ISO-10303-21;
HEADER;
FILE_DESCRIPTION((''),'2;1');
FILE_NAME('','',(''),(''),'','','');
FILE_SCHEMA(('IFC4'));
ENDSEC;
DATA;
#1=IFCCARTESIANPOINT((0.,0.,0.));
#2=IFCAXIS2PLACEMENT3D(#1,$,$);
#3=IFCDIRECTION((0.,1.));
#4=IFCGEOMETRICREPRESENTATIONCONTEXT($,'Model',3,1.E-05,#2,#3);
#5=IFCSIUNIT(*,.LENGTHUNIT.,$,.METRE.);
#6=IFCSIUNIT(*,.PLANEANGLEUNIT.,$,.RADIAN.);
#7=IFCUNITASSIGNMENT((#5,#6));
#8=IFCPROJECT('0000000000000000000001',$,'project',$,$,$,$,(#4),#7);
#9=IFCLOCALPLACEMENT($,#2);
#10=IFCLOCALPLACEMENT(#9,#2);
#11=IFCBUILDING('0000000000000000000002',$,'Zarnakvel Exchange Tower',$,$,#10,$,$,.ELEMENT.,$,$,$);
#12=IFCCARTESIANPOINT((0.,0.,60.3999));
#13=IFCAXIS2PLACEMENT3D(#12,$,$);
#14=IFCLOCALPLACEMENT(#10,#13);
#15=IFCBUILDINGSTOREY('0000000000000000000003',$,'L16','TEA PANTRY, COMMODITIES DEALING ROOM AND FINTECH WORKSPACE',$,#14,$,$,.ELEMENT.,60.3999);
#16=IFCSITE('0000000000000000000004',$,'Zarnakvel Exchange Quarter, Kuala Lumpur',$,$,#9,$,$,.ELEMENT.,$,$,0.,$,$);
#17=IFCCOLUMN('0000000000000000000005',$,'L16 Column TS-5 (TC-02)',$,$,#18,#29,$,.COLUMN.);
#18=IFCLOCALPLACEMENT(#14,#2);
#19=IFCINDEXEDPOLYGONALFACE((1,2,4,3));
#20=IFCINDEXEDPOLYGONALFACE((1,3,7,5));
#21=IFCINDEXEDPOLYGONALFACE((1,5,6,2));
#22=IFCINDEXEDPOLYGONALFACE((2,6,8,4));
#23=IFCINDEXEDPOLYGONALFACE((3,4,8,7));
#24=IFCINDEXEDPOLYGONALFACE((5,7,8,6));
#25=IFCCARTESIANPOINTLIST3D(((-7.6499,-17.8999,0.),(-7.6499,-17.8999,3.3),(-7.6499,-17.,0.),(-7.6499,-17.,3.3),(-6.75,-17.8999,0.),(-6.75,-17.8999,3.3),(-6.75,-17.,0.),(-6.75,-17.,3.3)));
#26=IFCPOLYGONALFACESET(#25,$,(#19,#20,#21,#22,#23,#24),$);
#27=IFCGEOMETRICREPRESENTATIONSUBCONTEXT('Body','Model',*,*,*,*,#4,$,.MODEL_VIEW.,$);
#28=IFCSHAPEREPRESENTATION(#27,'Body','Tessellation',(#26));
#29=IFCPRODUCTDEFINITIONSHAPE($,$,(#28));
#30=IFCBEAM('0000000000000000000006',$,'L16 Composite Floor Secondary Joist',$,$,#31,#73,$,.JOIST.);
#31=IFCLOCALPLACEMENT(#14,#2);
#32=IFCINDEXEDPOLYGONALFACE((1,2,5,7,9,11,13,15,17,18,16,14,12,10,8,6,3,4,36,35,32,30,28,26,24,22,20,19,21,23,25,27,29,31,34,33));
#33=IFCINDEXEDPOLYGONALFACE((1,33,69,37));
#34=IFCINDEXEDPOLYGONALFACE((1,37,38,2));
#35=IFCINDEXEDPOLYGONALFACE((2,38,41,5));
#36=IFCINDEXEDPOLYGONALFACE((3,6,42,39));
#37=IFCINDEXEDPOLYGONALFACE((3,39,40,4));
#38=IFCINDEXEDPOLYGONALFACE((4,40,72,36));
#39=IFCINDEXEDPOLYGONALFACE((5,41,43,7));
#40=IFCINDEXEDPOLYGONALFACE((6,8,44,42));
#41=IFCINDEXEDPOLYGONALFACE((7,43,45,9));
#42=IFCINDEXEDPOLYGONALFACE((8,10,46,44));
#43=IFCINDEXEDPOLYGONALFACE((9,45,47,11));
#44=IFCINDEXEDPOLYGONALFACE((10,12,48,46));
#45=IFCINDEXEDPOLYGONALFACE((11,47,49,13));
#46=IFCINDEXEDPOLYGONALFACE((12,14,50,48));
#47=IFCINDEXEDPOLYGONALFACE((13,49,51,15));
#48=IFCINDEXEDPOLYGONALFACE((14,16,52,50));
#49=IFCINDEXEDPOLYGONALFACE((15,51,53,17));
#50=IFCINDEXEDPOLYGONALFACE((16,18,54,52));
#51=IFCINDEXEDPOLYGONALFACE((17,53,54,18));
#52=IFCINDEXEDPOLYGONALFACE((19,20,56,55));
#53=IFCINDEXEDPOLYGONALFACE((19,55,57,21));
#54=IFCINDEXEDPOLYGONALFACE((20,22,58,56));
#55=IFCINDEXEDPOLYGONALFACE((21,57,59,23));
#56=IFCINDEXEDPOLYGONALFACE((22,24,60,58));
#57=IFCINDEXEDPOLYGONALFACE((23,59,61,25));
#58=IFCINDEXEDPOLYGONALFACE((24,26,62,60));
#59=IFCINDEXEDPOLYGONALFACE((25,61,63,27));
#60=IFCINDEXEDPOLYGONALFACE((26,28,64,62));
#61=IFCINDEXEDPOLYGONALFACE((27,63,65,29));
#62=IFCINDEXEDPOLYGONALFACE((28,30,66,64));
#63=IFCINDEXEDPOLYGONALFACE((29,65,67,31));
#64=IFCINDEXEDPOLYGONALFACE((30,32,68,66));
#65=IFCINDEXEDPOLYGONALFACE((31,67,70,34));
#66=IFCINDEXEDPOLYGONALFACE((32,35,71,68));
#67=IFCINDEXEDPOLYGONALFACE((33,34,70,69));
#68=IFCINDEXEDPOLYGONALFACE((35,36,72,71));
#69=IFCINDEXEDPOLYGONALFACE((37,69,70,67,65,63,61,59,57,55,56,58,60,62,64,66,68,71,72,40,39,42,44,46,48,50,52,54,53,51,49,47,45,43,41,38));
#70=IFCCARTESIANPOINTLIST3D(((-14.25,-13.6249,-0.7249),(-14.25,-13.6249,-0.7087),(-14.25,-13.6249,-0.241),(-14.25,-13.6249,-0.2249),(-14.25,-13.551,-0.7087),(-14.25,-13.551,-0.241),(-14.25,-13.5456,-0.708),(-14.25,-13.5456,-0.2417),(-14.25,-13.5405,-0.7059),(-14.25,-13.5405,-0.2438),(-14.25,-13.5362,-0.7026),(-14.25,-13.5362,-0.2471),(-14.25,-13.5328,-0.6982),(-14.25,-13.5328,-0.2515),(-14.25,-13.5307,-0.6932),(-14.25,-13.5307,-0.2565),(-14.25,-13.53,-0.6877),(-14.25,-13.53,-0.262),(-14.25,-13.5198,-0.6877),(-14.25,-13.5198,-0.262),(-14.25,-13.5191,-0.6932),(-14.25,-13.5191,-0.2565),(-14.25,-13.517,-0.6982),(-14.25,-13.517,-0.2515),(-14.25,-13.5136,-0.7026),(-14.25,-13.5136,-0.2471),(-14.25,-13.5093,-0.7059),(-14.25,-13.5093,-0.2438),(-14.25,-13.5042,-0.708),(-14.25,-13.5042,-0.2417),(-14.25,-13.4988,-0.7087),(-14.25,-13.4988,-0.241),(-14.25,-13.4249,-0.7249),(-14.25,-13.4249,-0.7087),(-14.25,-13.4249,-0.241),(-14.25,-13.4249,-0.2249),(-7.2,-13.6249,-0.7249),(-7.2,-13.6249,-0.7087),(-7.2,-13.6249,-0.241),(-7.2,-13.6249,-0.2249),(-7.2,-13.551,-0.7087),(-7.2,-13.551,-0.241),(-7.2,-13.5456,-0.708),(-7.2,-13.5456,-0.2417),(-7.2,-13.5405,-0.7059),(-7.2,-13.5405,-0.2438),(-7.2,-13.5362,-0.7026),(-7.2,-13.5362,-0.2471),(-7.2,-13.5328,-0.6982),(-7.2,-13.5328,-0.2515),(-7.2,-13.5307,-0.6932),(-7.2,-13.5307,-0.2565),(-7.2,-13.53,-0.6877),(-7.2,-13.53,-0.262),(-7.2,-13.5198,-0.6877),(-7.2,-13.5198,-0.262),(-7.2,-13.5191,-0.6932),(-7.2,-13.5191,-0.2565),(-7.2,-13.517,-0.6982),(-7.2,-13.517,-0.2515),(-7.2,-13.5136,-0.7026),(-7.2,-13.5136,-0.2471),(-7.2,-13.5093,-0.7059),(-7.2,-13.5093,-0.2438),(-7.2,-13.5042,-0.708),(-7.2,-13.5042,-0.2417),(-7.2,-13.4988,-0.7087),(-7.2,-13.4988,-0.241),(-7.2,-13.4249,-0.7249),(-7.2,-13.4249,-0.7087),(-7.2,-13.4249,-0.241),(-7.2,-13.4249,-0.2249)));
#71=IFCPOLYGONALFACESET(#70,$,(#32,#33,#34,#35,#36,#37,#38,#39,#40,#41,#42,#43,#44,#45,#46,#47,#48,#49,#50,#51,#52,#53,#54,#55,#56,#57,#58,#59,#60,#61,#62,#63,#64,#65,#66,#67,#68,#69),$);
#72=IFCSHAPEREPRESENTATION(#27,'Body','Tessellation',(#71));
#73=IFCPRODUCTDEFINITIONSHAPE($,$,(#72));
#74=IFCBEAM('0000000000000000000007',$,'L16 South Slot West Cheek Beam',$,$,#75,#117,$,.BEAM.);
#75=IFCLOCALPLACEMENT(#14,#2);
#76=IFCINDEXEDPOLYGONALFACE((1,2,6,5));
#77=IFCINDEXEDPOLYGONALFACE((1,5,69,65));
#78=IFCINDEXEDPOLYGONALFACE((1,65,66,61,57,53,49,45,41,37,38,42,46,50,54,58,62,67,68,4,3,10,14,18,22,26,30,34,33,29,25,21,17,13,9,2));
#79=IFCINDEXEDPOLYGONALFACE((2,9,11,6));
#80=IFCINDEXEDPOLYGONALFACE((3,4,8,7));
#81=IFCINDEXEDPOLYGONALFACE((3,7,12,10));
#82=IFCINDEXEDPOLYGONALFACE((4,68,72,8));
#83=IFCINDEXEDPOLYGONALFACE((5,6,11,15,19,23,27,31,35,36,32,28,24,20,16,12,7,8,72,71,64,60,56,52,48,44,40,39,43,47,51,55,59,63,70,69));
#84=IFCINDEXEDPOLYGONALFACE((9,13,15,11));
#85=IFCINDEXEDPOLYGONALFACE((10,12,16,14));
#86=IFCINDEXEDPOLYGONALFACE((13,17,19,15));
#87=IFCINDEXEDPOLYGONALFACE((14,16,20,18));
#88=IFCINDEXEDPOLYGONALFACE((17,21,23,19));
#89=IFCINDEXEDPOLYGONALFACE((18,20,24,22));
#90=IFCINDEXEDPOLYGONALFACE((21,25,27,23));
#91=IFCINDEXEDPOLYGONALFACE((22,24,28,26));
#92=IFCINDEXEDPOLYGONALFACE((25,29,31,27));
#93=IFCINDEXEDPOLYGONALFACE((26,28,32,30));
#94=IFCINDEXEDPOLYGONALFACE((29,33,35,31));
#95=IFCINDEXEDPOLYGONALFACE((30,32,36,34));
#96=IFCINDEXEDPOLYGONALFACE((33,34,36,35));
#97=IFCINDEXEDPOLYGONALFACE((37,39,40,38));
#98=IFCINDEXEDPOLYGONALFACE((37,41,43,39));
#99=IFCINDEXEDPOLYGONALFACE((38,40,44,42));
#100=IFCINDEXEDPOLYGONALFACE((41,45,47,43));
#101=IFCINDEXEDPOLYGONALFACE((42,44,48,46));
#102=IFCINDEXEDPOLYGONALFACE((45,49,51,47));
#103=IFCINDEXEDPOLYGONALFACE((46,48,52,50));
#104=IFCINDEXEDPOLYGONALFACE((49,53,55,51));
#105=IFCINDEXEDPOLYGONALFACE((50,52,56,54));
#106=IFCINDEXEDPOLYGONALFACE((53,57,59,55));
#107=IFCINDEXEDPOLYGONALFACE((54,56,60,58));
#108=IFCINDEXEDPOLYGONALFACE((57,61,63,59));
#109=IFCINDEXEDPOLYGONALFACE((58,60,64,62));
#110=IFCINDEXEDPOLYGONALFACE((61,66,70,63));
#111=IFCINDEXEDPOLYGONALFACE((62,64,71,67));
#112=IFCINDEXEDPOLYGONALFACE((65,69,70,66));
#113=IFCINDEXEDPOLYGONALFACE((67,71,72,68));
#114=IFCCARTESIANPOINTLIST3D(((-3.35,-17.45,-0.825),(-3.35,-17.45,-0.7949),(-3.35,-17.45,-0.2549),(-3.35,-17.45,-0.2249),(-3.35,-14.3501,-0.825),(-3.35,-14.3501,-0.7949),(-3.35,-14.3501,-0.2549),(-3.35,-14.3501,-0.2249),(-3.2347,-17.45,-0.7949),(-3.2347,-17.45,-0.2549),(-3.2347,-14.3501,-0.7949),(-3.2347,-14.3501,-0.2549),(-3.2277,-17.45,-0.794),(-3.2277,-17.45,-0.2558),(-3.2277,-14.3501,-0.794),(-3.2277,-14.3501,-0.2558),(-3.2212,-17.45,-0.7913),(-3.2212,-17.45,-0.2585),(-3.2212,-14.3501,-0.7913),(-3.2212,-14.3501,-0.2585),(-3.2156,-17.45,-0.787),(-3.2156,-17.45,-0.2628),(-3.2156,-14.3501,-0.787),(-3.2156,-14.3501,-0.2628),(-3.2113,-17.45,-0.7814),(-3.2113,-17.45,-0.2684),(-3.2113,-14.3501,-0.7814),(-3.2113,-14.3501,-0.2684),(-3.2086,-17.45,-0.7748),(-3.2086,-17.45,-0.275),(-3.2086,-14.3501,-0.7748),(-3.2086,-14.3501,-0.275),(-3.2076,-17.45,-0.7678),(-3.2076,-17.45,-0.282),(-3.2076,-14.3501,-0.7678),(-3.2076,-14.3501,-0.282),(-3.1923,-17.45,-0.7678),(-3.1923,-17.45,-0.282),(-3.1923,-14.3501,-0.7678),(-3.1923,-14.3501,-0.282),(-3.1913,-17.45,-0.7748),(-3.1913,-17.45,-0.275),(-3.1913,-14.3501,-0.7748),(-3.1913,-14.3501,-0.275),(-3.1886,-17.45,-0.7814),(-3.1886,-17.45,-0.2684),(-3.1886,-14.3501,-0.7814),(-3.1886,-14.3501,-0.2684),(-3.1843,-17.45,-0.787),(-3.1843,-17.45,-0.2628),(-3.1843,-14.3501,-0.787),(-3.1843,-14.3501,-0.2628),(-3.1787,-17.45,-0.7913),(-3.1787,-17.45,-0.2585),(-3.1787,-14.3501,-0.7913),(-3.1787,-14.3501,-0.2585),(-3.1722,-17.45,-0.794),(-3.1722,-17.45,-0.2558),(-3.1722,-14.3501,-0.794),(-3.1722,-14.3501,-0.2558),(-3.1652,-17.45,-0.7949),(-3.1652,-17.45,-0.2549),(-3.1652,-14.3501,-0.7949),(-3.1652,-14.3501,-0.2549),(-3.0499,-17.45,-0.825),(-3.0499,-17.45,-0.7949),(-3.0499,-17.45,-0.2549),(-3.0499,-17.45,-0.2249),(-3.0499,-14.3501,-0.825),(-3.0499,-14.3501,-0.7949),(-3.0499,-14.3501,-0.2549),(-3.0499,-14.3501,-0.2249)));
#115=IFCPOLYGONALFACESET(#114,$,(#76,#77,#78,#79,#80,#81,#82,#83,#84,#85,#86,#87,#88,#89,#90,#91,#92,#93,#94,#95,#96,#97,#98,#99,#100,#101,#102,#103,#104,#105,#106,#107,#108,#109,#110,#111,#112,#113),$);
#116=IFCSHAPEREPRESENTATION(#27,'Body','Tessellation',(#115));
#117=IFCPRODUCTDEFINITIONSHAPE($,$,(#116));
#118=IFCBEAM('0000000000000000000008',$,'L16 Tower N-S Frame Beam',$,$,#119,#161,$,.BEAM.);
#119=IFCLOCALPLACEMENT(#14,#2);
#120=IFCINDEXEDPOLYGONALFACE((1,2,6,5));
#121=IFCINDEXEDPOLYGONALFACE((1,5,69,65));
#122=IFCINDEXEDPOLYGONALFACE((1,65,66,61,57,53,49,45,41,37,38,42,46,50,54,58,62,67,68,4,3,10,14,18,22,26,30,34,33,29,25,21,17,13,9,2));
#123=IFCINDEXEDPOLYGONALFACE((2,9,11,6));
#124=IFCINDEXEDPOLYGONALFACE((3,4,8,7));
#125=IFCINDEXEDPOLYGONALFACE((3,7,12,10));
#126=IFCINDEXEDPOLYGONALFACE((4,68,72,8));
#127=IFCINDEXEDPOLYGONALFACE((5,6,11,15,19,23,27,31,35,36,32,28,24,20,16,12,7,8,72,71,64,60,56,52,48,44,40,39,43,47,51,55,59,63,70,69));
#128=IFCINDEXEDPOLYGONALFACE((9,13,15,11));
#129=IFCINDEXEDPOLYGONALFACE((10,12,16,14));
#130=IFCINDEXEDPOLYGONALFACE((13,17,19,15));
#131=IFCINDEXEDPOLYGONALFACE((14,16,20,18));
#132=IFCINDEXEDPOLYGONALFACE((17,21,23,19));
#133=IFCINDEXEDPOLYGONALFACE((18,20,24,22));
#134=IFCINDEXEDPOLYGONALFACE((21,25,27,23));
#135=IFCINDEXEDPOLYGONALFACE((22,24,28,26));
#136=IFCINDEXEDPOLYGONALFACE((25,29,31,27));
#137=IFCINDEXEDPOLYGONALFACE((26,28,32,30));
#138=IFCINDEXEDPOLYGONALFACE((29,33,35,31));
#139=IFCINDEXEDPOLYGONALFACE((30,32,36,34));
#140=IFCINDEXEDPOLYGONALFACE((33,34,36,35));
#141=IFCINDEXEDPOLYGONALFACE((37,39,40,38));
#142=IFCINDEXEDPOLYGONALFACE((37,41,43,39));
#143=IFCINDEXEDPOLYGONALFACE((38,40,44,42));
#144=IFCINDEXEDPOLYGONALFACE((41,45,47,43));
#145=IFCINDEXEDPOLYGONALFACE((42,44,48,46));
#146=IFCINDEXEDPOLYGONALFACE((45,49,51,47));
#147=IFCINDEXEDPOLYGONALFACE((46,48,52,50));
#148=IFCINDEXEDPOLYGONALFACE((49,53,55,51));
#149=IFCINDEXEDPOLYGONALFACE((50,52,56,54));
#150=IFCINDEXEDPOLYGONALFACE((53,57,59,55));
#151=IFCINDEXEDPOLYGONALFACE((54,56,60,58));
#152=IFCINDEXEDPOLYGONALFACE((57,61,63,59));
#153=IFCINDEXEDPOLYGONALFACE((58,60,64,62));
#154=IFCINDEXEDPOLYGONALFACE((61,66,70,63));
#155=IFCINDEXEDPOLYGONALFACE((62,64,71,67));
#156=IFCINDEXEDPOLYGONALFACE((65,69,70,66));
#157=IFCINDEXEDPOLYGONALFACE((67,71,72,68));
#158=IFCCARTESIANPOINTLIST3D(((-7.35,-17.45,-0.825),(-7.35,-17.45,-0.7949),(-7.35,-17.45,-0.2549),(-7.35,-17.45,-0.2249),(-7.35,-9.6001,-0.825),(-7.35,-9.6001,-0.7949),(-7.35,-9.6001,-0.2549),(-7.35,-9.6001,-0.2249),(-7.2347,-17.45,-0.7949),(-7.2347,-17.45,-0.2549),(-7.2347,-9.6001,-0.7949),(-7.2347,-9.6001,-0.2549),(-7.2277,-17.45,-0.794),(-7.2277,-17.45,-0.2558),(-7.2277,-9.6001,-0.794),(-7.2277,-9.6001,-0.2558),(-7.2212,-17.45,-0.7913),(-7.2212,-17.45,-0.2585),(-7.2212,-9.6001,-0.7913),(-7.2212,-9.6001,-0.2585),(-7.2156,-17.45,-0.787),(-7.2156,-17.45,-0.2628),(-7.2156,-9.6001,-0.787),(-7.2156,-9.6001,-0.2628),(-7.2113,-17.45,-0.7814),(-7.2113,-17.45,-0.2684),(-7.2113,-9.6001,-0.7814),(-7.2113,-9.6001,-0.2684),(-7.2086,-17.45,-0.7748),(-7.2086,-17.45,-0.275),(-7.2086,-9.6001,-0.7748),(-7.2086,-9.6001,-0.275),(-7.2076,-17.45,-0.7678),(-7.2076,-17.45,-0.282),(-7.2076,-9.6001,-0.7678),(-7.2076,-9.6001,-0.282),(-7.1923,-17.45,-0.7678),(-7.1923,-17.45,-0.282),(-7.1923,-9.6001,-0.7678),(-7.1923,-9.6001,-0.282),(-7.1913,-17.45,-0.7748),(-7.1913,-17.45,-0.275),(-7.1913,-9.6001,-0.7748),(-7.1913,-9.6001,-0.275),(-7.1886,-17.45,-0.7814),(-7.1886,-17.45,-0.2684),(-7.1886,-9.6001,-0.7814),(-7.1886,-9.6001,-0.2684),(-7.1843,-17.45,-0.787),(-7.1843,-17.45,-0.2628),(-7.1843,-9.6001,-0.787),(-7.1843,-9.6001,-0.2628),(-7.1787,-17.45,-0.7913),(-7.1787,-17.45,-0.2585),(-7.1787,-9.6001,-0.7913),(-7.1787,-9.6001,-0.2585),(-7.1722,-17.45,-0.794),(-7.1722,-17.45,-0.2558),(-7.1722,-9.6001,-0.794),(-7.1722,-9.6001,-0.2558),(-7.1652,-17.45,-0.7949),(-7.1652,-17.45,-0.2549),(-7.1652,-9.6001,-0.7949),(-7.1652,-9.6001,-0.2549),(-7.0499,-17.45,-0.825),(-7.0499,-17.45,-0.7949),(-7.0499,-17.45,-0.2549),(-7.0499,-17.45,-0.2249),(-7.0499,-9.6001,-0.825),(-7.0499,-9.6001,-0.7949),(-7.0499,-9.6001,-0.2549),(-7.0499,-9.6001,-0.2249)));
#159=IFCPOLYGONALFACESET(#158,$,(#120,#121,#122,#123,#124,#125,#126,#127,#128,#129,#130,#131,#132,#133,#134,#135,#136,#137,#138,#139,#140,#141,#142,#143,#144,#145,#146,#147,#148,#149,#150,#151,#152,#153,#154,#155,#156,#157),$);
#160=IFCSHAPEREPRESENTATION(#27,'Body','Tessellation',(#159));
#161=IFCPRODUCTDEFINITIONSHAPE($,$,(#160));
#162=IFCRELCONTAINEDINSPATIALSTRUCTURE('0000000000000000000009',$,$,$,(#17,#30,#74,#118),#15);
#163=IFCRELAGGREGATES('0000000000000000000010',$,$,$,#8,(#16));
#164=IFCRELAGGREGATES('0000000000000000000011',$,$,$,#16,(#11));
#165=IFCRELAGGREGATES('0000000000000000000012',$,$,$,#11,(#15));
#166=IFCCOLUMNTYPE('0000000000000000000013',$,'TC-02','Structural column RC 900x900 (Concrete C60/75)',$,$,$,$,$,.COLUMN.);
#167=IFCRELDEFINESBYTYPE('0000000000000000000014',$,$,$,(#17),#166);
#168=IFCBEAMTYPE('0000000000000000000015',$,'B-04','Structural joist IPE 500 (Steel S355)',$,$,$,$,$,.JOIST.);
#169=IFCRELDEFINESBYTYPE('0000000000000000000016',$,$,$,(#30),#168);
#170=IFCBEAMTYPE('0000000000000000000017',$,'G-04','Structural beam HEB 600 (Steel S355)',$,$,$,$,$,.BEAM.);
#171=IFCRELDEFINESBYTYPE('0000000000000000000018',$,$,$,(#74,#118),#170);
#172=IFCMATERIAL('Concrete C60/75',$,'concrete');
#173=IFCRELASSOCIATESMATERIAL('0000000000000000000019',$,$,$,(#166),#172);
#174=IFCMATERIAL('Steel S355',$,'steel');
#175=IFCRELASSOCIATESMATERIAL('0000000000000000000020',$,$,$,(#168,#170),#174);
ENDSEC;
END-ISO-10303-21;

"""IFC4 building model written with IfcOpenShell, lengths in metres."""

from ifc_helpers import new_model, si_unit, direction, frame, origin, origin_2d, place, context, subcontext, project, spatial, rectangle, i_section, extrude, material, material_profile, profile_set, type_object, element, save


model = new_model("IFC4")

# Units and contexts
model_context = context("Model", 3, precision=1e-05, world=origin(), true_north=direction((0.0, 1.0)))
body_context = subcontext(model_context, "Body", "Model", "MODEL_VIEW")
ifc_project = project(units=[si_unit("LENGTHUNIT", "METRE"), si_unit("PLANEANGLEUNIT", "RADIAN")], contexts=[model_context])

# Site, building, storey
site_placement = place(None, origin())
site = spatial("IfcSite", under=ifc_project, at=site_placement, Name="Zarnakvel Exchange Quarter, Kuala Lumpur", CompositionType="ELEMENT", RefElevation=0.0)
building_placement = place(site_placement, origin())
building = spatial("IfcBuilding", under=site, at=building_placement, Name="Zarnakvel Exchange Tower", CompositionType="ELEMENT")
storey_placement = place(building_placement, frame((0.0, 0.0, 60.3999)))
storey = spatial("IfcBuildingStorey", under=building, at=storey_placement, Name="L16", Description="TEA PANTRY, COMMODITIES DEALING ROOM AND FINTECH WORKSPACE", CompositionType="ELEMENT", Elevation=60.3999)

# Column
ifc_material_1 = material(Name="Concrete C60/75", Category="concrete")
ifc_material_profile_1 = material_profile(ifc_material_1, rectangle(XDim=0.8999, YDim=0.8999, at=origin_2d()))
ifc_profile_set_1 = profile_set([ifc_material_profile_1], Name="Concrete C60/75")
column_type = type_object("IfcColumnType", Name="TC-02", Description="Structural column RC 900x900 (Concrete C60/75)", PredefinedType="COLUMN", material=ifc_profile_set_1)
column_placement = place(storey_placement, frame((-7.2, -17.45, 0.0), z_axis=(0.0, 0.0, 1.0), x_axis=(1.0, 0.0, 0.0)))
element("IfcColumn", 1, at=column_placement, inside=storey, type_object=column_type, Name="L16 Column TS-5 (TC-02)", PredefinedType="COLUMN", context=body_context, shape_type="SweptSolid", body=[
    extrude(rectangle(XDim=0.8999, YDim=0.8999, at=origin_2d()), origin(), (0.0, 0.0, 1.0), 3.3),
])

# Beams
ifc_material_2 = material(Name="Steel S355", Category="steel")
ifc_material_profile_2 = material_profile(ifc_material_2, i_section(OverallWidth=0.2, OverallDepth=0.5, WebThickness=0.0103, FlangeThickness=0.0161, FilletRadius=0.021, at=origin_2d()))
ifc_profile_set_2 = profile_set([ifc_material_profile_2], Name="Steel S355")
beam_type_1 = type_object("IfcBeamType", Name="B-04", Description="Structural joist IPE 500 (Steel S355)", PredefinedType="JOIST", material=ifc_profile_set_2)
beam_1_placement = place(storey_placement, frame((-14.25, -13.5249, -0.4749), z_axis=(1.0, 0.0, 0.0), x_axis=(0.0, 1.0, 0.0)))
element("IfcBeam", 2, at=beam_1_placement, inside=storey, type_object=beam_type_1, Name="L16 Composite Floor Secondary Joist", PredefinedType="JOIST", context=body_context, shape_type="SweptSolid", body=[
    extrude(i_section(OverallWidth=0.2, OverallDepth=0.5, WebThickness=0.0103, FlangeThickness=0.0161, FilletRadius=0.021, at=origin_2d()), origin(), (0.0, 0.0, 1.0), 7.05),
])
ifc_material_profile_3 = material_profile(ifc_material_2, i_section(OverallWidth=0.3, OverallDepth=0.6001, WebThickness=0.0154, FlangeThickness=0.03, FilletRadius=0.0271, at=origin_2d()))
ifc_profile_set_3 = profile_set([ifc_material_profile_3], Name="Steel S355")
beam_type_2 = type_object("IfcBeamType", Name="G-04", Description="Structural beam HEB 600 (Steel S355)", PredefinedType="BEAM", material=ifc_profile_set_3)
beam_2_placement = place(storey_placement, frame((-3.2, -17.45, -0.5249), z_axis=(0.0, 1.0, 0.0), x_axis=(-1.0, 0.0, 0.0)))
element("IfcBeam", 3, at=beam_2_placement, inside=storey, type_object=beam_type_2, Name="L16 South Slot West Cheek Beam", PredefinedType="BEAM", context=body_context, shape_type="SweptSolid", body=[
    extrude(i_section(OverallWidth=0.3, OverallDepth=0.6001, WebThickness=0.0154, FlangeThickness=0.03, FilletRadius=0.0271, at=origin_2d()), origin(), (0.0, 0.0, 1.0), 3.0999),
])
beam_3_placement = place(storey_placement, frame((-7.2, -17.45, -0.5249), z_axis=(0.0, 1.0, 0.0), x_axis=(-1.0, 0.0, 0.0)))
element("IfcBeam", 4, at=beam_3_placement, inside=storey, type_object=beam_type_2, Name="L16 Tower N-S Frame Beam", PredefinedType="BEAM", context=body_context, shape_type="SweptSolid", body=[
    extrude(i_section(OverallWidth=0.3, OverallDepth=0.6001, WebThickness=0.0154, FlangeThickness=0.03, FilletRadius=0.0271, at=origin_2d()), origin(), (0.0, 0.0, 1.0), 7.8499),
])

save(model, "model.ifc")
